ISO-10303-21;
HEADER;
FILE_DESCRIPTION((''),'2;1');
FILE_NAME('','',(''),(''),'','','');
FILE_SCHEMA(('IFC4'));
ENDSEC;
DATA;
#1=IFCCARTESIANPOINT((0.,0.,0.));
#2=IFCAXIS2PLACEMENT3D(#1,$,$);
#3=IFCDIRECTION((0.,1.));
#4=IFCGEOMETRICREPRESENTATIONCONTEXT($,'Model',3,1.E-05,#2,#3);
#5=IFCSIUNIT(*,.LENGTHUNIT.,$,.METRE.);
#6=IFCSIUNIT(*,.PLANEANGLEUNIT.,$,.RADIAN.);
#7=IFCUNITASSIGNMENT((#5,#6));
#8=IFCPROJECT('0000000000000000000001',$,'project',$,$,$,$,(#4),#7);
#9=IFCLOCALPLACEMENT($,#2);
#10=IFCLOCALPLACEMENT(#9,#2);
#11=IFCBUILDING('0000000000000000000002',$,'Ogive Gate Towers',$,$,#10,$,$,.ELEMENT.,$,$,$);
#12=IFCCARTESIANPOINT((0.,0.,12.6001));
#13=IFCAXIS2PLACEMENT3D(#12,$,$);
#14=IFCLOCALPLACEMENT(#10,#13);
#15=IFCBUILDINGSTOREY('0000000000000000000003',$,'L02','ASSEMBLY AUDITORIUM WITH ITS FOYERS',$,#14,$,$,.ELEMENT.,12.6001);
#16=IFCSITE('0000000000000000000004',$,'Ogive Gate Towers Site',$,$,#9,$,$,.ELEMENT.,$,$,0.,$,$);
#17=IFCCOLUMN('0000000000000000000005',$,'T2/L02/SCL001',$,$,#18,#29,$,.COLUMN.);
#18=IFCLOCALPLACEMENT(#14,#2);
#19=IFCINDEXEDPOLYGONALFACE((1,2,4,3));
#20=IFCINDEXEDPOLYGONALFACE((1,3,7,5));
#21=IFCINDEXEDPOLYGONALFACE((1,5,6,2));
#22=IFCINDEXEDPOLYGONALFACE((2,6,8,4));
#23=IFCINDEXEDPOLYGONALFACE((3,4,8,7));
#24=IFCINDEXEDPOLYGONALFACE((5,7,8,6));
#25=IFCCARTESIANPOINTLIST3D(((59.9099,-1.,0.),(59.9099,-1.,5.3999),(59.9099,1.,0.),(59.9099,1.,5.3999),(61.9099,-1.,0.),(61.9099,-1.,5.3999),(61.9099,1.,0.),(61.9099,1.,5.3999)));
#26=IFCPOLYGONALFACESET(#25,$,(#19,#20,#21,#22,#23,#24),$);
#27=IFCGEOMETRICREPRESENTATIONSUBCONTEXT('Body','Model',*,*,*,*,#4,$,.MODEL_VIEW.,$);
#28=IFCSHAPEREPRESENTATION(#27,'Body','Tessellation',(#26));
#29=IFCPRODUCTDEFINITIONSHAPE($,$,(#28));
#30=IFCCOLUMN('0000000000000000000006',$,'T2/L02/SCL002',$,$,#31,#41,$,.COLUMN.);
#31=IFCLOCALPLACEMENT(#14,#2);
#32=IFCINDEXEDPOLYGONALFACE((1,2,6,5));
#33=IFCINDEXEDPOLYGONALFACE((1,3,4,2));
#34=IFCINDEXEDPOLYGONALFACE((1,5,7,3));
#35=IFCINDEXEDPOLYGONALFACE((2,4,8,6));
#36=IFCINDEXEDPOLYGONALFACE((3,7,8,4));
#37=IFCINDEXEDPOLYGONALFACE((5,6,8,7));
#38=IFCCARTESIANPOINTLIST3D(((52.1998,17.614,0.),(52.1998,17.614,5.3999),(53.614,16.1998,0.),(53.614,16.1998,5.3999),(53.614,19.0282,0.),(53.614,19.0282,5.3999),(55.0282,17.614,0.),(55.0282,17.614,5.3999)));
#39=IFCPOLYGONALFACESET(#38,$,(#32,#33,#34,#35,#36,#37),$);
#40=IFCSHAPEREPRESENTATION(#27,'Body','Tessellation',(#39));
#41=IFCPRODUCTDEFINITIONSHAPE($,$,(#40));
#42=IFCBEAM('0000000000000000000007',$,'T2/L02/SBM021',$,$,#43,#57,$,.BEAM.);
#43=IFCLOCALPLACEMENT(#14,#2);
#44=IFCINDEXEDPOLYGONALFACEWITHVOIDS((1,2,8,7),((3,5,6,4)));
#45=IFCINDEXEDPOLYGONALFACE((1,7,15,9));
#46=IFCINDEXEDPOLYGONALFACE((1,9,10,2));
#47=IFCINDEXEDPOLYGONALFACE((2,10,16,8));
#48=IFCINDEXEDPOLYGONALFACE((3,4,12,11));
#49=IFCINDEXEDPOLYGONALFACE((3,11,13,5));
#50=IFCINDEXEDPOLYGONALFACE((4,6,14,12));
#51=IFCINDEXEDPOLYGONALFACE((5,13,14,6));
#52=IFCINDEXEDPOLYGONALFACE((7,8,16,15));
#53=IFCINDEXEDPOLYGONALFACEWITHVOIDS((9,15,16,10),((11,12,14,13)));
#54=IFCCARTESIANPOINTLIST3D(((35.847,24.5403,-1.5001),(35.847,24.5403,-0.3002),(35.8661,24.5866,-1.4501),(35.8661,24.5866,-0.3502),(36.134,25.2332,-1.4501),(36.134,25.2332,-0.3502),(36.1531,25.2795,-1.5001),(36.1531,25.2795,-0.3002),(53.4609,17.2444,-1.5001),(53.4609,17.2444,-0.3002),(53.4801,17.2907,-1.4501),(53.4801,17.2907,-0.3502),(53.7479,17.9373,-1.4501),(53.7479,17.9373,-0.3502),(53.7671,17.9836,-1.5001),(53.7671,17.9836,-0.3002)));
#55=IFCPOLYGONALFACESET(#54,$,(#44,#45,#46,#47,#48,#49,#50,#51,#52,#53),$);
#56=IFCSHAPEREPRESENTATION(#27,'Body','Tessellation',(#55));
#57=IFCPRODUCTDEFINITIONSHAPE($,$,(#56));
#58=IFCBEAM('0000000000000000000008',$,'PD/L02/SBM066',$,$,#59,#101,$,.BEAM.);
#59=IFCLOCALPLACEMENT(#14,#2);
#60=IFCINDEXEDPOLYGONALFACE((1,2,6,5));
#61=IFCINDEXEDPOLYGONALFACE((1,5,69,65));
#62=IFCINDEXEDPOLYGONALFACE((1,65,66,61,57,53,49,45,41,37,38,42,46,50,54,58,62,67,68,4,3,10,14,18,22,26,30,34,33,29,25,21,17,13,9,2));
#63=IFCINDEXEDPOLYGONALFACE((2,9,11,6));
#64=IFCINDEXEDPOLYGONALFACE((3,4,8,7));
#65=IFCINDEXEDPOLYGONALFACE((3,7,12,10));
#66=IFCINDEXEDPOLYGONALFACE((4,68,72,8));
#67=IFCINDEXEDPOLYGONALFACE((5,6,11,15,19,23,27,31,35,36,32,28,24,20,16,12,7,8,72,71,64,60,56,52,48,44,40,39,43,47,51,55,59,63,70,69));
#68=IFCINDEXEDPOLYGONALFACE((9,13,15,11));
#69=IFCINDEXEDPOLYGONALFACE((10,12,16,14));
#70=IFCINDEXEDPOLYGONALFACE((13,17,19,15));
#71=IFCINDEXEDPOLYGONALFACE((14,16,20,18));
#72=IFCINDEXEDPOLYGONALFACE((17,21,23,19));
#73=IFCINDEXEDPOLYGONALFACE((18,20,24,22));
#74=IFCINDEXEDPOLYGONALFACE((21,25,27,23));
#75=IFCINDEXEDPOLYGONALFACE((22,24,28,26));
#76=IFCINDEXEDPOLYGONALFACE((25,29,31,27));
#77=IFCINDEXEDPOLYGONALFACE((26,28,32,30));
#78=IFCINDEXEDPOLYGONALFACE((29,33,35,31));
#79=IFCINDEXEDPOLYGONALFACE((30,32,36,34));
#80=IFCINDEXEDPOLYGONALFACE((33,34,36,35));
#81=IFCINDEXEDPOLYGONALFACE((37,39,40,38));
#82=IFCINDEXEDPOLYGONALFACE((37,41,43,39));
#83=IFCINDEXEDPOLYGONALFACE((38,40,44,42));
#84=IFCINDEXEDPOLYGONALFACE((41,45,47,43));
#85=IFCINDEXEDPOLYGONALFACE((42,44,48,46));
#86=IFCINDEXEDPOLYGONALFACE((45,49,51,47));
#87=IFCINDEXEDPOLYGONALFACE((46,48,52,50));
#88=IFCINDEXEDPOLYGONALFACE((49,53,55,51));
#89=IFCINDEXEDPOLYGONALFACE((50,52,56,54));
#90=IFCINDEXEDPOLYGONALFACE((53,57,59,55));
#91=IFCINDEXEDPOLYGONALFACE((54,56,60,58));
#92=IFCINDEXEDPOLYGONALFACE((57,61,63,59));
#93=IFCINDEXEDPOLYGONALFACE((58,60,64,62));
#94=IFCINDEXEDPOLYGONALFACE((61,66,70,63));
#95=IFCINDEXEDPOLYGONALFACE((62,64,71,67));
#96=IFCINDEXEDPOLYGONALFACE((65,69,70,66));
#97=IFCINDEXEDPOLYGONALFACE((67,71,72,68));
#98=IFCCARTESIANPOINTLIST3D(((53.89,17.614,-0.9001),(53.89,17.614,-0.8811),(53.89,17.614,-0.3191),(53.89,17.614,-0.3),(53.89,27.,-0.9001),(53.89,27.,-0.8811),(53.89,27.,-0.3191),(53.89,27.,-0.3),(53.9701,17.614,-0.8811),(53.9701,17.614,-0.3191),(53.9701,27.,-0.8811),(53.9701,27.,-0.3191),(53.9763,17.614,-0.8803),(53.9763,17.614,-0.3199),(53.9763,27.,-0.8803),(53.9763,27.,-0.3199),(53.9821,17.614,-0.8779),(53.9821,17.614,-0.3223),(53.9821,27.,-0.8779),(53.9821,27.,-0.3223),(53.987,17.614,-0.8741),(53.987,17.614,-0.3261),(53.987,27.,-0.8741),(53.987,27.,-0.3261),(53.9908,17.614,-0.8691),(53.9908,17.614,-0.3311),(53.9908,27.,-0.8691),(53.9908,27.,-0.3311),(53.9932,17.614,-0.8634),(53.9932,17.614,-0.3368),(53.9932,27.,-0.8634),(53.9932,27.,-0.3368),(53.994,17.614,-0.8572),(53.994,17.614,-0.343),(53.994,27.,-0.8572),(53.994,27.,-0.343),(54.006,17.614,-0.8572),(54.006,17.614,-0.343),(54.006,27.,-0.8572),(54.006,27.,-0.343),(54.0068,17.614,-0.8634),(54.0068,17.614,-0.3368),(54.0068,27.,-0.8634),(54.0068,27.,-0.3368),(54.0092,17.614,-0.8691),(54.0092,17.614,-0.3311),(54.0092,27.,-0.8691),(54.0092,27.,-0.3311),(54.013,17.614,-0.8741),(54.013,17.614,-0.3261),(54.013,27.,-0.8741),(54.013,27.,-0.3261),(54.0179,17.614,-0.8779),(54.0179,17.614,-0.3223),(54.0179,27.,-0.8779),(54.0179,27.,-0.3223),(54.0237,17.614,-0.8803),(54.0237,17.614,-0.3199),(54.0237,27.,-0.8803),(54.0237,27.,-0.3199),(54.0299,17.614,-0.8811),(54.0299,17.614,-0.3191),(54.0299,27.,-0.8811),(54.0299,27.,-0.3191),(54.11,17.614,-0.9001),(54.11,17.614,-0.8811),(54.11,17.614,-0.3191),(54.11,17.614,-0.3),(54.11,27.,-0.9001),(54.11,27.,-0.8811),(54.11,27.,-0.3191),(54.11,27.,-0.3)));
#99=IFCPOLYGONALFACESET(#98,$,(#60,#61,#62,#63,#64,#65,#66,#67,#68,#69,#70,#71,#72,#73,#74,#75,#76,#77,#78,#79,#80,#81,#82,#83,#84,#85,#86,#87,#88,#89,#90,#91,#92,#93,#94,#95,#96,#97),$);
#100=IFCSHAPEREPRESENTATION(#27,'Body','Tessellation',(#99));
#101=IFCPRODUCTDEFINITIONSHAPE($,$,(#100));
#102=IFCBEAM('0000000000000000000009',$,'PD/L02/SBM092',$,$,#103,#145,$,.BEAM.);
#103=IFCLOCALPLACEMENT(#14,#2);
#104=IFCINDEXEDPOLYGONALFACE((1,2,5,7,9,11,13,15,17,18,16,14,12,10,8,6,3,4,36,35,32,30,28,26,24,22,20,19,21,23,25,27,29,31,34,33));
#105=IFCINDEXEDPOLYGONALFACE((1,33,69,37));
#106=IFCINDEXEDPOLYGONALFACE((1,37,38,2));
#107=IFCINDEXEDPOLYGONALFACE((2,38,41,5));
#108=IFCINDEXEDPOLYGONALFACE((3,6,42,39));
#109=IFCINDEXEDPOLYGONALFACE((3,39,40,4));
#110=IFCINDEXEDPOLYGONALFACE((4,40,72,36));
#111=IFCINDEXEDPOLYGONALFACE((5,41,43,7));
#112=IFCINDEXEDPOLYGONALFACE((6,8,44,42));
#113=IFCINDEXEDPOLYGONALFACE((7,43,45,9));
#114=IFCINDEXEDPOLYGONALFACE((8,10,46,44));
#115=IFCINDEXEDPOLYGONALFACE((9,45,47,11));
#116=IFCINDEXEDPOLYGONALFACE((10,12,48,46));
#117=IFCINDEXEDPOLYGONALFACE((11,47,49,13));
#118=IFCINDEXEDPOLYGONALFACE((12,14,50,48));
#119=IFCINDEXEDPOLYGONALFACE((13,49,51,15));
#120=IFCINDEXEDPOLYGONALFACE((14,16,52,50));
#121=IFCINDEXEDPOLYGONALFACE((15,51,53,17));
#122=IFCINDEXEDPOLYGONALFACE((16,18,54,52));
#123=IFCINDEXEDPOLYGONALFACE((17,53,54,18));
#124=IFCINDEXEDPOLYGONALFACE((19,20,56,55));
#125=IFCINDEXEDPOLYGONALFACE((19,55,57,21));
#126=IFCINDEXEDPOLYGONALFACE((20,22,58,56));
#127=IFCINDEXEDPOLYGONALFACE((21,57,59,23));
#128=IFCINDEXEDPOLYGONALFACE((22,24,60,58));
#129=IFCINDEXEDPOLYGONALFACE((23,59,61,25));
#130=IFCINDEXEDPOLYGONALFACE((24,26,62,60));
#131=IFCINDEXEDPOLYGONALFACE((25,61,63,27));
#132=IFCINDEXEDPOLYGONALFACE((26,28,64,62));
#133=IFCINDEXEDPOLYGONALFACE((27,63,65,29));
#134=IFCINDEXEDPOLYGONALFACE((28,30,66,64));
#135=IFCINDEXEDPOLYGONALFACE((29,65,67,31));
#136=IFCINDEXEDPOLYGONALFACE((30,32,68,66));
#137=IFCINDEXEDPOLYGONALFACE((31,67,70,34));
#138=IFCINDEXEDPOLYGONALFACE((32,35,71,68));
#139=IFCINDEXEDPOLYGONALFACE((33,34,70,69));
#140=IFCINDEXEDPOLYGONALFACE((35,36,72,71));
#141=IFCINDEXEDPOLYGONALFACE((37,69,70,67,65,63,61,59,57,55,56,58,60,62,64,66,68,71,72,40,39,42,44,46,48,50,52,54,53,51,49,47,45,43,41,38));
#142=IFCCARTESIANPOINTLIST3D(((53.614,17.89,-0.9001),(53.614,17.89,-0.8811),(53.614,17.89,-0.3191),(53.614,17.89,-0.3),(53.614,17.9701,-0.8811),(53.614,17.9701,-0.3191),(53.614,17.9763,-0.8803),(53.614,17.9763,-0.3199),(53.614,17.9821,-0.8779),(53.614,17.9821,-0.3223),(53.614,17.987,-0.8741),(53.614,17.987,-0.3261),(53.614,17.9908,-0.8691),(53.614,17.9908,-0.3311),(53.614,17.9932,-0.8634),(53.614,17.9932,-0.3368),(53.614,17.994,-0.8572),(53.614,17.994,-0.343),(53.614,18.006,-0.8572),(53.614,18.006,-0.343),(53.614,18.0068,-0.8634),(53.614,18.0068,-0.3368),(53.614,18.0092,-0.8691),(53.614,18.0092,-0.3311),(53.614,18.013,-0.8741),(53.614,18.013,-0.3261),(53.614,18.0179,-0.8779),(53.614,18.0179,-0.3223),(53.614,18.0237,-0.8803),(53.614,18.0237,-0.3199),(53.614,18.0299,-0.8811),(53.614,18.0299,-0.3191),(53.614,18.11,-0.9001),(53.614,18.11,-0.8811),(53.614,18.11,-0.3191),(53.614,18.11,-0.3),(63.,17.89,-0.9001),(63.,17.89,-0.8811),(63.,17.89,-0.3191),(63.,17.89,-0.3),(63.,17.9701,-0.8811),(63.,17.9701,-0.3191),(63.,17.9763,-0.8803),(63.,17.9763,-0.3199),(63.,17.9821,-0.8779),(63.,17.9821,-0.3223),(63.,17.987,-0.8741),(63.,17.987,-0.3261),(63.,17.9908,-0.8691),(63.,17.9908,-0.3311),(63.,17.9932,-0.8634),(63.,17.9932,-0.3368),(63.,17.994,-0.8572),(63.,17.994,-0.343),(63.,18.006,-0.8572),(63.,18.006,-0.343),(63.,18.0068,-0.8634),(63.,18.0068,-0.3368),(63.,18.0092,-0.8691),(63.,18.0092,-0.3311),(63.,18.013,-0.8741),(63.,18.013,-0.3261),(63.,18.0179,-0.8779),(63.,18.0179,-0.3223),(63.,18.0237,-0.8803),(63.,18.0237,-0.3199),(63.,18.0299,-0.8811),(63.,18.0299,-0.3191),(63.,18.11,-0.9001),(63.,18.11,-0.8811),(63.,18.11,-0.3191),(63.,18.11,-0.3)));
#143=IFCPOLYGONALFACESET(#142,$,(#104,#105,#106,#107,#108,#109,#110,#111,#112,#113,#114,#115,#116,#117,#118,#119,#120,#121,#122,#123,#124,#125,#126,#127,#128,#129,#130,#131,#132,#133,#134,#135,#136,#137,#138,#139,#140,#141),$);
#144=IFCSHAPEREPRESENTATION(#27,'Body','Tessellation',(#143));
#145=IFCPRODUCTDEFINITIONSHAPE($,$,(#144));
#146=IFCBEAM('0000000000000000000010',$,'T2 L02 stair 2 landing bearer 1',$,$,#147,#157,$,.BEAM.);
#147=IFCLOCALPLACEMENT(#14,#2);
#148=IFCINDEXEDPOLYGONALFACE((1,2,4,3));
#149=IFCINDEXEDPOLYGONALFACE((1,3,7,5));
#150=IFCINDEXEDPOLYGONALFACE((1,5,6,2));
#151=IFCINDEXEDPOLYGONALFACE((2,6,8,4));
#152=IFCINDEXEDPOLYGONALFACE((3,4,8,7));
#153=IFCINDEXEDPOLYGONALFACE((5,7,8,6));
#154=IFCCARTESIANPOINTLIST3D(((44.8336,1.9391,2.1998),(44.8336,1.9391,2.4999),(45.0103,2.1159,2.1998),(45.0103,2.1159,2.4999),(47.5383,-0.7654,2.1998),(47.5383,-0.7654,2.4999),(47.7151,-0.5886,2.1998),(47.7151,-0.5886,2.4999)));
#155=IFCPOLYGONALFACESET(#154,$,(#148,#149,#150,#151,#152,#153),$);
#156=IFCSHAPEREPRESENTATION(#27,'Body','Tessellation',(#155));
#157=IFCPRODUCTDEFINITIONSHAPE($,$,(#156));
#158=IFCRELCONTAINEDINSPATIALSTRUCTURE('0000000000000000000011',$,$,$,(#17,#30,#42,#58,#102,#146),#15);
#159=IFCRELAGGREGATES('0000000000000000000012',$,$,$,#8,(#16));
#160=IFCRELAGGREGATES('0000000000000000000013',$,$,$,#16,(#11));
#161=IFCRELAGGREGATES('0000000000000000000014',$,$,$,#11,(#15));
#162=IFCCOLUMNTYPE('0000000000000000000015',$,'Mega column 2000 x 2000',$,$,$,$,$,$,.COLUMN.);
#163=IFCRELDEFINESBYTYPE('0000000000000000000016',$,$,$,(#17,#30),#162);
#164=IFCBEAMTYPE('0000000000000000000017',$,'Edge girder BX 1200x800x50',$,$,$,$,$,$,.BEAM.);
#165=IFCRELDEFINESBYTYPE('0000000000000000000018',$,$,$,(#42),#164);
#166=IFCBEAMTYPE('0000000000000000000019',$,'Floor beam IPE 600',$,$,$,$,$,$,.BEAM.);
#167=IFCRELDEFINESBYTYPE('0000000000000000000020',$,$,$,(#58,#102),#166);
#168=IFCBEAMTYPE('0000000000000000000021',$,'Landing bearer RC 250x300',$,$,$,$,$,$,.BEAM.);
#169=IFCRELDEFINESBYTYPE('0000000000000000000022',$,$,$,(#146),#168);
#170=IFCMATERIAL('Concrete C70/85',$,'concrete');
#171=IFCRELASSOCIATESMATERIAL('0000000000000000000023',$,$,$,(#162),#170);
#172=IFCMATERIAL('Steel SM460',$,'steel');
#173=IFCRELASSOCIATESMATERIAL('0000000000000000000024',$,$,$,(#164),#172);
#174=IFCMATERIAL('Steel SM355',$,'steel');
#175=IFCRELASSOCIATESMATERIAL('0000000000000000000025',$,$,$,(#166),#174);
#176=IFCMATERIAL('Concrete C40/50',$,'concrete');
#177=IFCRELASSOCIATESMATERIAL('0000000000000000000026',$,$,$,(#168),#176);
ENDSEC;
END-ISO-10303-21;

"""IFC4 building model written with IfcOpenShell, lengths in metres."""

from ifc_helpers import new_model, si_unit, direction, frame, origin, origin_2d, place, context, subcontext, project, spatial, rectangle, hollow_rectangle, i_section, extrude, material, material_profile, profile_set, type_object, element, save


model = new_model("IFC4")

# Units and contexts
model_context = context("Model", 3, precision=1e-05, world=origin(), true_north=direction((0.0, 1.0)))
body_context = subcontext(model_context, "Body", "Model", "MODEL_VIEW")
ifc_project = project(units=[si_unit("LENGTHUNIT", "METRE"), si_unit("PLANEANGLEUNIT", "RADIAN")], contexts=[model_context])

# Site, building, storey
site_placement = place(None, origin())
site = spatial("IfcSite", under=ifc_project, at=site_placement, Name="Ogive Gate Towers Site", CompositionType="ELEMENT", RefElevation=0.0)
building_placement = place(site_placement, origin())
building = spatial("IfcBuilding", under=site, at=building_placement, Name="Ogive Gate Towers", CompositionType="ELEMENT")
storey_placement = place(building_placement, frame((0.0, 0.0, 12.6001)))
storey = spatial("IfcBuildingStorey", under=building, at=storey_placement, Name="L02", Description="ASSEMBLY AUDITORIUM WITH ITS FOYERS", CompositionType="ELEMENT", Elevation=12.6001)

# Columns
ifc_material_1 = material(Name="Concrete C70/85", Category="concrete")
ifc_material_profile_1 = material_profile(ifc_material_1, rectangle(XDim=2.0, YDim=2.0, at=origin_2d()), Name="RC 2000x2000")
ifc_profile_set_1 = profile_set([ifc_material_profile_1], Name="Concrete C70/85")
column_type = type_object("IfcColumnType", Name="Mega column 2000 x 2000", PredefinedType="COLUMN", material=ifc_profile_set_1)
for number, where, z_axis, x_axis, name in (
    (1, (60.9099, 0.0, 0.0), (0.0, 0.0, 1.0), (1.0, 0.0, 0.0), "T2/L02/SCL001"),
    (2, (53.614, 17.614, 0.0), (0.0, 0.0, 1.0), (0.707107, 0.707107, 0.0), "T2/L02/SCL002"),
):
    element("IfcColumn", number, at=place(storey_placement, frame(where, z_axis=z_axis, x_axis=x_axis)), inside=storey, type_object=column_type, Name=name, PredefinedType="COLUMN", context=body_context, shape_type="SweptSolid", body=[
        extrude(rectangle(XDim=2.0, YDim=2.0, at=origin_2d()), origin(), (0.0, 0.0, 1.0), 5.3999),
    ])

# Beams
ifc_material_2 = material(Name="Steel SM460", Category="steel")
ifc_material_profile_2 = material_profile(ifc_material_2, hollow_rectangle(XDim=0.8, YDim=1.2, WallThickness=0.05, at=origin_2d()), Name="BX 1200x800x50")
ifc_profile_set_2 = profile_set([ifc_material_profile_2], Name="Steel SM460")
beam_type_1 = type_object("IfcBeamType", Name="Edge girder BX 1200x800x50", PredefinedType="BEAM", material=ifc_profile_set_2)
beam_1_placement = place(storey_placement, frame((53.614, 17.614, -0.9001), z_axis=(-0.923881, 0.382681, 0.0), x_axis=(-0.382681, -0.923881, 0.0)))
element("IfcBeam", 3, at=beam_1_placement, inside=storey, type_object=beam_type_1, Name="T2/L02/SBM021", PredefinedType="BEAM", context=body_context, shape_type="SweptSolid", body=[
    extrude(hollow_rectangle(XDim=0.8, YDim=1.2, WallThickness=0.05, at=origin_2d()), origin(), (0.0, 0.0, 1.0), 19.0652),
])
ifc_material_3 = material(Name="Steel SM355", Category="steel")
ifc_material_profile_3 = material_profile(ifc_material_3, i_section(OverallWidth=0.22, OverallDepth=0.6001, WebThickness=0.012, FlangeThickness=0.019, FilletRadius=0.0239, at=origin_2d()), Name="IPE 600")
ifc_profile_set_3 = profile_set([ifc_material_profile_3], Name="Steel SM355")
beam_type_2 = type_object("IfcBeamType", Name="Floor beam IPE 600", PredefinedType="BEAM", material=ifc_profile_set_3)
for number, where, z_axis, x_axis, name in (
    (4, (54.0, 17.614, -0.6001), (0.0, 1.0, 0.0), (-1.0, 0.0, 0.0), "PD/L02/SBM066"),
    (5, (53.614, 18.0, -0.6001), (1.0, 0.0, 0.0), (0.0, 1.0, 0.0), "PD/L02/SBM092"),
):
    element("IfcBeam", number, at=place(storey_placement, frame(where, z_axis=z_axis, x_axis=x_axis)), inside=storey, type_object=beam_type_2, Name=name, PredefinedType="BEAM", context=body_context, shape_type="SweptSolid", body=[
        extrude(i_section(OverallWidth=0.22, OverallDepth=0.6001, WebThickness=0.012, FlangeThickness=0.019, FilletRadius=0.0239, at=origin_2d()), origin(), (0.0, 0.0, 1.0), 9.386),
    ])
ifc_material_4 = material(Name="Concrete C40/50", Category="concrete")
ifc_material_profile_4 = material_profile(ifc_material_4, rectangle(XDim=0.25, YDim=0.3, at=origin_2d()), Name="RC 250x300")
ifc_profile_set_4 = profile_set([ifc_material_profile_4], Name="Concrete C40/50")
beam_type_3 = type_object("IfcBeamType", Name="Landing bearer RC 250x300", PredefinedType="BEAM", material=ifc_profile_set_4)
beam_2_placement = place(storey_placement, frame((47.6267, -0.677, 2.3499), z_axis=(-0.707139, 0.707075, 0.0), x_axis=(-0.707075, -0.707139, 0.0)))
element("IfcBeam", 6, at=beam_2_placement, inside=storey, type_object=beam_type_3, Name="T2 L02 stair 2 landing bearer 1", PredefinedType="BEAM", context=body_context, shape_type="SweptSolid", body=[
    extrude(rectangle(XDim=0.25, YDim=0.3, at=origin_2d()), origin(), (0.0, 0.0, 1.0), 3.825),
])

save(model, "model.ifc")
